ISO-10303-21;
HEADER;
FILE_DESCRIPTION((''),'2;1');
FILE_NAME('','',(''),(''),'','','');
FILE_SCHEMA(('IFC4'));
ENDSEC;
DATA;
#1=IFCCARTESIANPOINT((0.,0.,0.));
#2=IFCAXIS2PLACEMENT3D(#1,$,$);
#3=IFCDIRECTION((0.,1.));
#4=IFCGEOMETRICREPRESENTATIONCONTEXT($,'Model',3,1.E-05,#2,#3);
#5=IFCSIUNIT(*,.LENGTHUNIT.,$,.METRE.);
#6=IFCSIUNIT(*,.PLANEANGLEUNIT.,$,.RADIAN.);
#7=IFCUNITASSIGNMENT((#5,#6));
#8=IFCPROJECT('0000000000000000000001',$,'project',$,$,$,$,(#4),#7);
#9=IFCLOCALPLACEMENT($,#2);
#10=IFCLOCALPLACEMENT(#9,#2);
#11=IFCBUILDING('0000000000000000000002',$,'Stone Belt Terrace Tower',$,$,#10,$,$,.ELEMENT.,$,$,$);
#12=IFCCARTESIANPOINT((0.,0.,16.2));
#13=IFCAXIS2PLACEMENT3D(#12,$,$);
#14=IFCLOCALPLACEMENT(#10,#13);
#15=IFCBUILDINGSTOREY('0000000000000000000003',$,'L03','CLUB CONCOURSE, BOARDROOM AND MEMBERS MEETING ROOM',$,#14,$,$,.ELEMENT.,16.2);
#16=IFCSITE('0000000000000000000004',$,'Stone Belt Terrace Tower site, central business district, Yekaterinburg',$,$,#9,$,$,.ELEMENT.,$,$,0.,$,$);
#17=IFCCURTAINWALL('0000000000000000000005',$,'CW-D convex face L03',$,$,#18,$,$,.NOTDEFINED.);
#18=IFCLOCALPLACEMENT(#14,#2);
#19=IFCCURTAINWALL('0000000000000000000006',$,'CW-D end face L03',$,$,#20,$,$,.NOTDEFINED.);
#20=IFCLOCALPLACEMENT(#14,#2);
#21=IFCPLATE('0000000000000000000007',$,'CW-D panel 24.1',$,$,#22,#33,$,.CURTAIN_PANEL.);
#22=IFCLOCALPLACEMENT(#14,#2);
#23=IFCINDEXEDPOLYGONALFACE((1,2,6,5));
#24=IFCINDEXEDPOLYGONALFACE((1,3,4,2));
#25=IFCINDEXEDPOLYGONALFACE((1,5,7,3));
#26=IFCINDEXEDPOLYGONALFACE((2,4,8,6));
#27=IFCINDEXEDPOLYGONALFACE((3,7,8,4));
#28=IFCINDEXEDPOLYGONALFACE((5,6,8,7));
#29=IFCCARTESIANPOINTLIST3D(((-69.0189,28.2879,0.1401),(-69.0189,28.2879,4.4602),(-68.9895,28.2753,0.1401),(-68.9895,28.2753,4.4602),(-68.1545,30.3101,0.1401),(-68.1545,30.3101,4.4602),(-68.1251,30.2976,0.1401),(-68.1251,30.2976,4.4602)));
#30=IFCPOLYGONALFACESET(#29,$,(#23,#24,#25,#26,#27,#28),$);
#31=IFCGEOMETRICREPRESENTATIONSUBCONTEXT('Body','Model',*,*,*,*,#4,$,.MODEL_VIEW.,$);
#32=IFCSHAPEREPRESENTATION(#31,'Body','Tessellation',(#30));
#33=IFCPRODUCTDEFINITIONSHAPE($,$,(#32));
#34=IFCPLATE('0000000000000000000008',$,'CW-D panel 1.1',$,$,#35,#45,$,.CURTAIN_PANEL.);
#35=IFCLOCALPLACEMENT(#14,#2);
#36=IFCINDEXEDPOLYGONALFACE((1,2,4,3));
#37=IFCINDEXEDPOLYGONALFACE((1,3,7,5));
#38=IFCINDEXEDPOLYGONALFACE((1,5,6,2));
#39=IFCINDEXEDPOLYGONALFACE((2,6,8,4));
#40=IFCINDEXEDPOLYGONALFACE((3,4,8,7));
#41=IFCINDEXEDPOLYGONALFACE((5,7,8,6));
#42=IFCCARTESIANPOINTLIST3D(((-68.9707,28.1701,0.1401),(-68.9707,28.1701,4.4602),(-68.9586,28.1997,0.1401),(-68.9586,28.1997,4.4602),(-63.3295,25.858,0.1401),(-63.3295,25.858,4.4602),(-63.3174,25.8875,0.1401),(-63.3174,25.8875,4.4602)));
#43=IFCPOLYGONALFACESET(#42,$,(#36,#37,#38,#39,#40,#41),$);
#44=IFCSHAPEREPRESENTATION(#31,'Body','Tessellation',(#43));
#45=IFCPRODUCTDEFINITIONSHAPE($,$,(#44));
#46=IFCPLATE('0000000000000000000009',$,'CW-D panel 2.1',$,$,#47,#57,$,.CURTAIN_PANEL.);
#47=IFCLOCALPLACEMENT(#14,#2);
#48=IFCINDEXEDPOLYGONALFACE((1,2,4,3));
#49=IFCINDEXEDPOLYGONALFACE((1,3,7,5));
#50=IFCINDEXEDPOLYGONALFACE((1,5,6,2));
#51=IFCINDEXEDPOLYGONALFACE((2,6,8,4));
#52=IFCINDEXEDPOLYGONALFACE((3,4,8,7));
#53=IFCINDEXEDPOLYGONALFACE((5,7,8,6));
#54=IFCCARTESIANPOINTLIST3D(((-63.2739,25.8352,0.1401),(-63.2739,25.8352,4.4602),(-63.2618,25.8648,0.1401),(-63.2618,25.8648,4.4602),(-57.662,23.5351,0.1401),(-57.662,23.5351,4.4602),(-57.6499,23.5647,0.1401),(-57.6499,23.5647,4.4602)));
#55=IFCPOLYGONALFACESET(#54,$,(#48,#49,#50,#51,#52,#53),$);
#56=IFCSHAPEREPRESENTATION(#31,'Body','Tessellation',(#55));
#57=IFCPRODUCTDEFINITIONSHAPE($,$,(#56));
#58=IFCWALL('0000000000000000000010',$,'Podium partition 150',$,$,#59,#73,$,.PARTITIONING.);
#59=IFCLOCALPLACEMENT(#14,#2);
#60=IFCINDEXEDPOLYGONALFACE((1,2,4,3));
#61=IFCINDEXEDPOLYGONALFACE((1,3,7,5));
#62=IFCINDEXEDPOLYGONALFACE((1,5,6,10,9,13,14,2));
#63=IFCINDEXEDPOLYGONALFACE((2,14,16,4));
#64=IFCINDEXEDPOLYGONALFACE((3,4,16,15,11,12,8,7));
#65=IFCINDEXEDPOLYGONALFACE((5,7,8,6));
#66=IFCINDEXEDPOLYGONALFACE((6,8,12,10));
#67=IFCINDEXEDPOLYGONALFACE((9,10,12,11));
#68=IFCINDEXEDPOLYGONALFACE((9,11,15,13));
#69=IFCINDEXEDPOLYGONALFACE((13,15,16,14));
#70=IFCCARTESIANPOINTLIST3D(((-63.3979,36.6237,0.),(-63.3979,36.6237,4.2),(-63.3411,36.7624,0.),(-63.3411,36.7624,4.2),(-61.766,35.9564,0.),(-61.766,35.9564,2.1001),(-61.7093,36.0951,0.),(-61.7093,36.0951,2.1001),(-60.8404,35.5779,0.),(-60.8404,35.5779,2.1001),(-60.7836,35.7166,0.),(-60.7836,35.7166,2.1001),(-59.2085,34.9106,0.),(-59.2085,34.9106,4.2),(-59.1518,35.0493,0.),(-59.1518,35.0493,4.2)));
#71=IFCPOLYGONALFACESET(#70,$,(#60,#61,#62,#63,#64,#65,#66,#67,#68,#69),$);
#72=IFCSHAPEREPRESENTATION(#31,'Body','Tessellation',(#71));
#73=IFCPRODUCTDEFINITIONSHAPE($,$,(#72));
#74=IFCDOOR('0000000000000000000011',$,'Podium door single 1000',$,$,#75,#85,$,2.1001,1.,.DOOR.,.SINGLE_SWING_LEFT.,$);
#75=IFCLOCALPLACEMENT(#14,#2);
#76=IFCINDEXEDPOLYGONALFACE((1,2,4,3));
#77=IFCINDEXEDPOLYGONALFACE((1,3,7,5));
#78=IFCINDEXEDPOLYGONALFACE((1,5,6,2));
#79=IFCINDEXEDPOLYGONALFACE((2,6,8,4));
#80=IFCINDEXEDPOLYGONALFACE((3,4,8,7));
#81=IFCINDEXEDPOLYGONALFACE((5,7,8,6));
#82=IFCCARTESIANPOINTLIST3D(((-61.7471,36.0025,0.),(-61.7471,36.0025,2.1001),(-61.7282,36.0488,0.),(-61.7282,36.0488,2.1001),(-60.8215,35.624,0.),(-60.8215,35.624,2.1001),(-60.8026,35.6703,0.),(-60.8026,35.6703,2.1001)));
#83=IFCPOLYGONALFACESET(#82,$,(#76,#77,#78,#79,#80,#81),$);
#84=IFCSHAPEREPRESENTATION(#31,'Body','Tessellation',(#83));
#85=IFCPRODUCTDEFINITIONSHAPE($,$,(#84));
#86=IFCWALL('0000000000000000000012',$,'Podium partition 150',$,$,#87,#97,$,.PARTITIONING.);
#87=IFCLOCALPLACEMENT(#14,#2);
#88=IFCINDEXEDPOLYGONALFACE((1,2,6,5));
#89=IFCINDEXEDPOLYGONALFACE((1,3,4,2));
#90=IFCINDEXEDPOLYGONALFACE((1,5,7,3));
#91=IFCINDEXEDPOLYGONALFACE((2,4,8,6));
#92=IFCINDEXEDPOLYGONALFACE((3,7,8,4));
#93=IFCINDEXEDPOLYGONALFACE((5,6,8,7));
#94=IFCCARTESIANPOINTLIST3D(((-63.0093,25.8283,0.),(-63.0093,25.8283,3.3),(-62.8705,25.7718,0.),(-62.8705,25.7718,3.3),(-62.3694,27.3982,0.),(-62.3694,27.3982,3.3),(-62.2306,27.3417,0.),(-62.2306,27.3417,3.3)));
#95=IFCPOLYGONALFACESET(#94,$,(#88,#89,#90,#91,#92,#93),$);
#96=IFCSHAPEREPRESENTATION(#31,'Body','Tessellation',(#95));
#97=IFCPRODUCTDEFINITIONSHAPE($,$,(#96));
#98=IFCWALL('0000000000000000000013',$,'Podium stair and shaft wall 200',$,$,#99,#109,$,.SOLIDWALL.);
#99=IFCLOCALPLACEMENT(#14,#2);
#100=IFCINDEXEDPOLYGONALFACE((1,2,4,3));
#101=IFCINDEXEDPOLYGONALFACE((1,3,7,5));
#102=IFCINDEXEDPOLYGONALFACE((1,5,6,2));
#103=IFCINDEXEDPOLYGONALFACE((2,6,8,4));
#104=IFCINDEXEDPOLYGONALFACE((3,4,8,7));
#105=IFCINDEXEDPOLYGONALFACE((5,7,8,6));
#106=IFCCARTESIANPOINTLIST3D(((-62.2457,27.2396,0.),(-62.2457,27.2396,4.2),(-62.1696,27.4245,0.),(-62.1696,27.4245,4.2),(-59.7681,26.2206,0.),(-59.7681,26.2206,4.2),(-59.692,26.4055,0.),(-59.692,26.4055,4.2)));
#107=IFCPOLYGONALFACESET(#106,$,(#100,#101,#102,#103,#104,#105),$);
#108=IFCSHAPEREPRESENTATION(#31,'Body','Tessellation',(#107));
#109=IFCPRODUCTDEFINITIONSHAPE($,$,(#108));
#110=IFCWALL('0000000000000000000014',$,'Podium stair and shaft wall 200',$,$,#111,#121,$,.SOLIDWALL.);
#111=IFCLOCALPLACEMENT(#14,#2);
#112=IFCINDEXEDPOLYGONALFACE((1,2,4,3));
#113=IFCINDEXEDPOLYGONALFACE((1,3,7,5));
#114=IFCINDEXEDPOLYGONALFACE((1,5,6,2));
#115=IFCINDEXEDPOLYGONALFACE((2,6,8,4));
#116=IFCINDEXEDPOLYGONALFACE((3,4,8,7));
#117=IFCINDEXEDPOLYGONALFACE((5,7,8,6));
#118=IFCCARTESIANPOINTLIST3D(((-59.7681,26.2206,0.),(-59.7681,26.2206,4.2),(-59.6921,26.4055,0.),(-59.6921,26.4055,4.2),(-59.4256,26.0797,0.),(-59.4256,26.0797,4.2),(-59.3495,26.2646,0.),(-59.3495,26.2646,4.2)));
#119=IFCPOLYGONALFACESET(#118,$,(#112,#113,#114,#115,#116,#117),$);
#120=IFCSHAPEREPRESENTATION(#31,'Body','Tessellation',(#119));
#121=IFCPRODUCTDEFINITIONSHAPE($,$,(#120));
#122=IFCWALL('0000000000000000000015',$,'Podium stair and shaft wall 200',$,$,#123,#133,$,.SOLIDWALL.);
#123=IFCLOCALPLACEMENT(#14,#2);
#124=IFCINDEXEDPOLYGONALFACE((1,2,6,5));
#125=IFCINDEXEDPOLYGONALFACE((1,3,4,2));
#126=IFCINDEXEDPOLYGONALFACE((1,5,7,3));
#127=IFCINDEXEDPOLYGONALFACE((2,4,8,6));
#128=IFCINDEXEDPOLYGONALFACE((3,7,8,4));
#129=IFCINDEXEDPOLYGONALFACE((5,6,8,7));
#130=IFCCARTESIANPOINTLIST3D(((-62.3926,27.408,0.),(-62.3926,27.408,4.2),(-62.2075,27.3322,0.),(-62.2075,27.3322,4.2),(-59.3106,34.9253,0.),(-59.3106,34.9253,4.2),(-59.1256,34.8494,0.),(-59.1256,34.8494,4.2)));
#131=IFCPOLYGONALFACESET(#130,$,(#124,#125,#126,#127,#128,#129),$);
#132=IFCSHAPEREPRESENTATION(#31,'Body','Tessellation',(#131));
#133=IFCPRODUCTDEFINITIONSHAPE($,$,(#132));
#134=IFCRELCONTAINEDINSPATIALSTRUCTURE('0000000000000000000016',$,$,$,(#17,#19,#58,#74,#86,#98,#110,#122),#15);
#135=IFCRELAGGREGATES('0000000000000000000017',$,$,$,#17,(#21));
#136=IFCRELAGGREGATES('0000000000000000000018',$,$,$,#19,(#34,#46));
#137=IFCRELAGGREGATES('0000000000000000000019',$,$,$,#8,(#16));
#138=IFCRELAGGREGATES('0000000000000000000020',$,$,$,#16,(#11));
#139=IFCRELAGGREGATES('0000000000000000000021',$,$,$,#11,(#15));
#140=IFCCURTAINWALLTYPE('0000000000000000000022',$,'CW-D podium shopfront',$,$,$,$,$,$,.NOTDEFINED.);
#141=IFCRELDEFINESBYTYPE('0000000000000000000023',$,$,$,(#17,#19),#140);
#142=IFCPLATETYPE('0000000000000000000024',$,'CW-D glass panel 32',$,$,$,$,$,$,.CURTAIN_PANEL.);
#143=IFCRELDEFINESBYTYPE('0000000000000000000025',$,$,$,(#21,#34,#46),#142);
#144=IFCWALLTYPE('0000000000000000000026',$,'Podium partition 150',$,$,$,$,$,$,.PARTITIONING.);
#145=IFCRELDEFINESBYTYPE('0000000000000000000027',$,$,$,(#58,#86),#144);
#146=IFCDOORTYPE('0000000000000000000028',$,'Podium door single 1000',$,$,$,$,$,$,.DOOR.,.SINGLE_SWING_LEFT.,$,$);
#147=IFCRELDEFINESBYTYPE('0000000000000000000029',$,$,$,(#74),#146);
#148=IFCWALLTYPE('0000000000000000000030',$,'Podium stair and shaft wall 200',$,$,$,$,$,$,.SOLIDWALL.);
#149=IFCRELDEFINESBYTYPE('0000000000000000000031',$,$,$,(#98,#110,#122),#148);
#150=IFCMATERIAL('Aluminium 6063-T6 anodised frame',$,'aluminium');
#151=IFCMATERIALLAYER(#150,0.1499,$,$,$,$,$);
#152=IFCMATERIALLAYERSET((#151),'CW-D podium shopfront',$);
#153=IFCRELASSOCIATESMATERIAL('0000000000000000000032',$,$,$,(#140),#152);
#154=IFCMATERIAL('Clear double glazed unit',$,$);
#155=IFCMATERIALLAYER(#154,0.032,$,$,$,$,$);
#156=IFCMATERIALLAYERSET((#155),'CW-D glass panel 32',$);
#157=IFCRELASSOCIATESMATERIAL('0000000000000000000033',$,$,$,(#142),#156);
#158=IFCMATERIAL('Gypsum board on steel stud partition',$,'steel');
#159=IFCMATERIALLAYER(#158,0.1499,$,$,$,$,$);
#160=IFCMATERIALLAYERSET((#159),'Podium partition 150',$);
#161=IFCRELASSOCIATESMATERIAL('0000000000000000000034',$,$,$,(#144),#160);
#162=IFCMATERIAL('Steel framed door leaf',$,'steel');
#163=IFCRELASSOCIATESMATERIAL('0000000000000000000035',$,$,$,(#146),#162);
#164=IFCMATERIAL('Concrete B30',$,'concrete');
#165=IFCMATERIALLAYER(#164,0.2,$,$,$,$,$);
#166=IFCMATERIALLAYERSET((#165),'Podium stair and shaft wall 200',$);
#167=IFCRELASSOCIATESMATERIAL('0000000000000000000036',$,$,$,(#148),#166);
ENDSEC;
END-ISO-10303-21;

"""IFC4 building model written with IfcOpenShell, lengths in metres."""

from ifc_helpers import new_model, si_unit, direction, frame, frame_2d, origin, origin_2d, place, context, subcontext, project, spatial, rectangle, extrude, material, layer, layer_set, type_object, element, fill, aggregate, save


model = new_model("IFC4")

# Units and contexts
model_context = context("Model", 3, precision=1e-05, world=origin(), true_north=direction((0.0, 1.0)))
body_context = subcontext(model_context, "Body", "Model", "MODEL_VIEW")
ifc_project = project(units=[si_unit("LENGTHUNIT", "METRE"), si_unit("PLANEANGLEUNIT", "RADIAN")], contexts=[model_context])

# Site, building, storey
site_placement = place(None, origin())
site = spatial("IfcSite", under=ifc_project, at=site_placement, Name="Stone Belt Terrace Tower site, central business district, Yekaterinburg", CompositionType="ELEMENT", RefElevation=0.0)
building_placement = place(site_placement, origin())
building = spatial("IfcBuilding", under=site, at=building_placement, Name="Stone Belt Terrace Tower", CompositionType="ELEMENT")
storey_placement = place(building_placement, frame((0.0, 0.0, 16.2)))
storey = spatial("IfcBuildingStorey", under=building, at=storey_placement, Name="L03", Description="CLUB CONCOURSE, BOARDROOM AND MEMBERS MEETING ROOM", CompositionType="ELEMENT", Elevation=16.2)

# Curtain wall
ifc_material_1 = material(Name="Aluminium 6063-T6 anodised frame", Category="aluminium")
ifc_layer_1 = layer(ifc_material_1, 0.1499)
ifc_layer_set_1 = layer_set([ifc_layer_1], Name="CW-D podium shopfront")
curtain_wall_type = type_object("IfcCurtainWallType", Name="CW-D podium shopfront", PredefinedType="NOTDEFINED", material=ifc_layer_set_1)
curtain_wall_1_placement = place(storey_placement, origin())
curtain_wall_1 = element("IfcCurtainWall", 1, at=curtain_wall_1_placement, inside=storey, type_object=curtain_wall_type, Name="CW-D convex face L03", PredefinedType="NOTDEFINED")

# Curtain wall
curtain_wall_2_placement = place(storey_placement, origin())
curtain_wall_2 = element("IfcCurtainWall", 2, at=curtain_wall_2_placement, inside=storey, type_object=curtain_wall_type, Name="CW-D end face L03", PredefinedType="NOTDEFINED")

# Plates
ifc_material_2 = material(Name="Clear double glazed unit")
ifc_layer_2 = layer(ifc_material_2, 0.032)
ifc_layer_set_2 = layer_set([ifc_layer_2], Name="CW-D glass panel 32")
plate_type = type_object("IfcPlateType", Name="CW-D glass panel 32", PredefinedType="CURTAIN_PANEL", material=ifc_layer_set_2)
plate_1_placement = place(storey_placement, frame((-68.572, 29.2927, 0.1401), z_axis=(0.0, 0.0, 1.0), x_axis=(-0.393034, -0.919524, 0.0)))
plate_1 = element("IfcPlate", 3, at=plate_1_placement, type_object=plate_type, Name="CW-D panel 24.1", PredefinedType="CURTAIN_PANEL", context=body_context, shape_type="SweptSolid", body=[
    extrude(rectangle(XDim=2.1992, YDim=0.032, at=origin_2d()), origin(), (0.0, 0.0, 1.0), 4.3201),
])
aggregate(curtain_wall_1, [plate_1])
plate_2_placement = place(storey_placement, frame((-66.144, 27.0288, 0.1401), z_axis=(0.0, 0.0, 1.0), x_axis=(0.925297, -0.379243, 0.0)))
plate_2 = element("IfcPlate", 4, at=plate_2_placement, type_object=plate_type, Name="CW-D panel 1.1", PredefinedType="CURTAIN_PANEL", context=body_context, shape_type="SweptSolid", body=[
    extrude(rectangle(XDim=6.0967, YDim=0.032, at=origin_2d()), origin(), (0.0, 0.0, 1.0), 4.3201),
])
plate_3_placement = place(storey_placement, frame((-60.4619, 24.7, 0.1401), z_axis=(0.0, 0.0, 1.0), x_axis=(0.925297, -0.379243, 0.0)))
plate_3 = element("IfcPlate", 5, at=plate_3_placement, type_object=plate_type, Name="CW-D panel 2.1", PredefinedType="CURTAIN_PANEL", context=body_context, shape_type="SweptSolid", body=[
    extrude(rectangle(XDim=6.0649, YDim=0.032, at=origin_2d()), origin(), (0.0, 0.0, 1.0), 4.3201),
])
aggregate(curtain_wall_2, [plate_2, plate_3])

# Wall, opening, door
ifc_material_3 = material(Name="Gypsum board on steel stud partition", Category="steel")
ifc_layer_3 = layer(ifc_material_3, 0.1499)
ifc_layer_set_3 = layer_set([ifc_layer_3], Name="Podium partition 150")
wall_type_1 = type_object("IfcWallType", Name="Podium partition 150", PredefinedType="PARTITIONING", material=ifc_layer_set_3)
wall_1_placement = place(storey_placement, frame((-63.3696, 36.6931, 0.0), z_axis=(0.0, 0.0, 1.0), x_axis=(0.925604, -0.378494, 0.0)))
wall_1 = element("IfcWall", 6, at=wall_1_placement, inside=storey, type_object=wall_type_1, Name="Podium partition 150", PredefinedType="PARTITIONING", context=body_context, shape_type="SweptSolid", body=[
    extrude(rectangle(XDim=4.5261, YDim=0.1499, at=frame_2d((2.2632, 0.0))), origin(), (0.0, 0.0, 1.0), 4.2),
])
opening_placement = place(wall_1_placement, frame((1.7632, 0.0, 0.0)))
opening = element("IfcOpeningElement", 7, at=opening_placement, cuts=wall_1, PredefinedType="OPENING", context=body_context, shape_type="SweptSolid", body=[
    extrude(rectangle(XDim=1.0, YDim=2.1001, at=frame_2d((0.5, 1.05))), frame((0.0, 0.085, 0.0), z_axis=(0.0, -1.0, 0.0), x_axis=(1.0, 0.0, 0.0)), (0.0, 0.0, 1.0), 0.1699),
])
ifc_material_4 = material(Name="Steel framed door leaf", Category="steel")
door_type = type_object("IfcDoorType", Name="Podium door single 1000", OperationType="SINGLE_SWING_LEFT", PredefinedType="DOOR", material=ifc_material_4)
door_placement = place(opening_placement, origin())
door = element("IfcDoor", 8, at=door_placement, inside=storey, type_object=door_type, Name="Podium door single 1000", OperationType="SINGLE_SWING_LEFT", OverallHeight=2.1001, OverallWidth=1.0, PredefinedType="DOOR", context=body_context, shape_type="SweptSolid", body=[
    extrude(rectangle(XDim=1.0, YDim=2.1001, at=frame_2d((0.5, 1.05))), frame((0.0, 0.0249, 0.0), z_axis=(0.0, -1.0, 0.0), x_axis=(1.0, 0.0, 0.0)), (0.0, 0.0, 1.0), 0.05),
])
fill(opening, door)

# Walls
wall_2_placement = place(storey_placement, frame((-62.9399, 25.8, 0.0), z_axis=(0.0, 0.0, 1.0), x_axis=(0.377466, 0.926023, 0.0)))
element("IfcWall", 9, at=wall_2_placement, inside=storey, type_object=wall_type_1, Name="Podium partition 150", PredefinedType="PARTITIONING", context=body_context, shape_type="SweptSolid", body=[
    extrude(rectangle(XDim=1.6953, YDim=0.1499, at=frame_2d((0.8477, 0.0))), origin(), (0.0, 0.0, 1.0), 3.3),
])
ifc_material_5 = material(Name="Concrete B30", Category="concrete")
ifc_layer_4 = layer(ifc_material_5, 0.2)
ifc_layer_set_4 = layer_set([ifc_layer_4], Name="Podium stair and shaft wall 200")
wall_type_2 = type_object("IfcWallType", Name="Podium stair and shaft wall 200", PredefinedType="SOLIDWALL", material=ifc_layer_set_4)
wall_3_placement = place(storey_placement, frame((-62.2075, 27.332, 0.0), z_axis=(0.0, 0.0, 1.0), x_axis=(0.924825, -0.380392, 0.0)))
element("IfcWall", 10, at=wall_3_placement, inside=storey, type_object=wall_type_2, Name="Podium stair and shaft wall 200", PredefinedType="SOLIDWALL", context=body_context, shape_type="SweptSolid", body=[
    extrude(rectangle(XDim=2.679, YDim=0.2, at=frame_2d((1.3394, 0.0))), origin(), (0.0, 0.0, 1.0), 4.2),
])
wall_4_placement = place(storey_placement, frame((-59.73, 26.313, 0.0), z_axis=(0.0, 0.0, 1.0), x_axis=(0.924842, -0.380352, 0.0)))
element("IfcWall", 11, at=wall_4_placement, inside=storey, type_object=wall_type_2, Name="Podium stair and shaft wall 200", PredefinedType="SOLIDWALL", context=body_context, shape_type="SweptSolid", body=[
    extrude(rectangle(XDim=0.3704, YDim=0.2, at=frame_2d((0.1851, 0.0))), origin(), (0.0, 0.0, 1.0), 4.2),
])
wall_5_placement = place(storey_placement, frame((-62.3, 27.3701, 0.0), z_axis=(0.0, 0.0, 1.0), x_axis=(0.379345, 0.925255, 0.0)))
element("IfcWall", 12, at=wall_5_placement, inside=storey, type_object=wall_type_2, Name="Podium stair and shaft wall 200", PredefinedType="SOLIDWALL", context=body_context, shape_type="SweptSolid", body=[
    extrude(rectangle(XDim=8.1245, YDim=0.2, at=frame_2d((4.0623, 0.0))), origin(), (0.0, 0.0, 1.0), 4.2),
])

save(model, "model.ifc")
